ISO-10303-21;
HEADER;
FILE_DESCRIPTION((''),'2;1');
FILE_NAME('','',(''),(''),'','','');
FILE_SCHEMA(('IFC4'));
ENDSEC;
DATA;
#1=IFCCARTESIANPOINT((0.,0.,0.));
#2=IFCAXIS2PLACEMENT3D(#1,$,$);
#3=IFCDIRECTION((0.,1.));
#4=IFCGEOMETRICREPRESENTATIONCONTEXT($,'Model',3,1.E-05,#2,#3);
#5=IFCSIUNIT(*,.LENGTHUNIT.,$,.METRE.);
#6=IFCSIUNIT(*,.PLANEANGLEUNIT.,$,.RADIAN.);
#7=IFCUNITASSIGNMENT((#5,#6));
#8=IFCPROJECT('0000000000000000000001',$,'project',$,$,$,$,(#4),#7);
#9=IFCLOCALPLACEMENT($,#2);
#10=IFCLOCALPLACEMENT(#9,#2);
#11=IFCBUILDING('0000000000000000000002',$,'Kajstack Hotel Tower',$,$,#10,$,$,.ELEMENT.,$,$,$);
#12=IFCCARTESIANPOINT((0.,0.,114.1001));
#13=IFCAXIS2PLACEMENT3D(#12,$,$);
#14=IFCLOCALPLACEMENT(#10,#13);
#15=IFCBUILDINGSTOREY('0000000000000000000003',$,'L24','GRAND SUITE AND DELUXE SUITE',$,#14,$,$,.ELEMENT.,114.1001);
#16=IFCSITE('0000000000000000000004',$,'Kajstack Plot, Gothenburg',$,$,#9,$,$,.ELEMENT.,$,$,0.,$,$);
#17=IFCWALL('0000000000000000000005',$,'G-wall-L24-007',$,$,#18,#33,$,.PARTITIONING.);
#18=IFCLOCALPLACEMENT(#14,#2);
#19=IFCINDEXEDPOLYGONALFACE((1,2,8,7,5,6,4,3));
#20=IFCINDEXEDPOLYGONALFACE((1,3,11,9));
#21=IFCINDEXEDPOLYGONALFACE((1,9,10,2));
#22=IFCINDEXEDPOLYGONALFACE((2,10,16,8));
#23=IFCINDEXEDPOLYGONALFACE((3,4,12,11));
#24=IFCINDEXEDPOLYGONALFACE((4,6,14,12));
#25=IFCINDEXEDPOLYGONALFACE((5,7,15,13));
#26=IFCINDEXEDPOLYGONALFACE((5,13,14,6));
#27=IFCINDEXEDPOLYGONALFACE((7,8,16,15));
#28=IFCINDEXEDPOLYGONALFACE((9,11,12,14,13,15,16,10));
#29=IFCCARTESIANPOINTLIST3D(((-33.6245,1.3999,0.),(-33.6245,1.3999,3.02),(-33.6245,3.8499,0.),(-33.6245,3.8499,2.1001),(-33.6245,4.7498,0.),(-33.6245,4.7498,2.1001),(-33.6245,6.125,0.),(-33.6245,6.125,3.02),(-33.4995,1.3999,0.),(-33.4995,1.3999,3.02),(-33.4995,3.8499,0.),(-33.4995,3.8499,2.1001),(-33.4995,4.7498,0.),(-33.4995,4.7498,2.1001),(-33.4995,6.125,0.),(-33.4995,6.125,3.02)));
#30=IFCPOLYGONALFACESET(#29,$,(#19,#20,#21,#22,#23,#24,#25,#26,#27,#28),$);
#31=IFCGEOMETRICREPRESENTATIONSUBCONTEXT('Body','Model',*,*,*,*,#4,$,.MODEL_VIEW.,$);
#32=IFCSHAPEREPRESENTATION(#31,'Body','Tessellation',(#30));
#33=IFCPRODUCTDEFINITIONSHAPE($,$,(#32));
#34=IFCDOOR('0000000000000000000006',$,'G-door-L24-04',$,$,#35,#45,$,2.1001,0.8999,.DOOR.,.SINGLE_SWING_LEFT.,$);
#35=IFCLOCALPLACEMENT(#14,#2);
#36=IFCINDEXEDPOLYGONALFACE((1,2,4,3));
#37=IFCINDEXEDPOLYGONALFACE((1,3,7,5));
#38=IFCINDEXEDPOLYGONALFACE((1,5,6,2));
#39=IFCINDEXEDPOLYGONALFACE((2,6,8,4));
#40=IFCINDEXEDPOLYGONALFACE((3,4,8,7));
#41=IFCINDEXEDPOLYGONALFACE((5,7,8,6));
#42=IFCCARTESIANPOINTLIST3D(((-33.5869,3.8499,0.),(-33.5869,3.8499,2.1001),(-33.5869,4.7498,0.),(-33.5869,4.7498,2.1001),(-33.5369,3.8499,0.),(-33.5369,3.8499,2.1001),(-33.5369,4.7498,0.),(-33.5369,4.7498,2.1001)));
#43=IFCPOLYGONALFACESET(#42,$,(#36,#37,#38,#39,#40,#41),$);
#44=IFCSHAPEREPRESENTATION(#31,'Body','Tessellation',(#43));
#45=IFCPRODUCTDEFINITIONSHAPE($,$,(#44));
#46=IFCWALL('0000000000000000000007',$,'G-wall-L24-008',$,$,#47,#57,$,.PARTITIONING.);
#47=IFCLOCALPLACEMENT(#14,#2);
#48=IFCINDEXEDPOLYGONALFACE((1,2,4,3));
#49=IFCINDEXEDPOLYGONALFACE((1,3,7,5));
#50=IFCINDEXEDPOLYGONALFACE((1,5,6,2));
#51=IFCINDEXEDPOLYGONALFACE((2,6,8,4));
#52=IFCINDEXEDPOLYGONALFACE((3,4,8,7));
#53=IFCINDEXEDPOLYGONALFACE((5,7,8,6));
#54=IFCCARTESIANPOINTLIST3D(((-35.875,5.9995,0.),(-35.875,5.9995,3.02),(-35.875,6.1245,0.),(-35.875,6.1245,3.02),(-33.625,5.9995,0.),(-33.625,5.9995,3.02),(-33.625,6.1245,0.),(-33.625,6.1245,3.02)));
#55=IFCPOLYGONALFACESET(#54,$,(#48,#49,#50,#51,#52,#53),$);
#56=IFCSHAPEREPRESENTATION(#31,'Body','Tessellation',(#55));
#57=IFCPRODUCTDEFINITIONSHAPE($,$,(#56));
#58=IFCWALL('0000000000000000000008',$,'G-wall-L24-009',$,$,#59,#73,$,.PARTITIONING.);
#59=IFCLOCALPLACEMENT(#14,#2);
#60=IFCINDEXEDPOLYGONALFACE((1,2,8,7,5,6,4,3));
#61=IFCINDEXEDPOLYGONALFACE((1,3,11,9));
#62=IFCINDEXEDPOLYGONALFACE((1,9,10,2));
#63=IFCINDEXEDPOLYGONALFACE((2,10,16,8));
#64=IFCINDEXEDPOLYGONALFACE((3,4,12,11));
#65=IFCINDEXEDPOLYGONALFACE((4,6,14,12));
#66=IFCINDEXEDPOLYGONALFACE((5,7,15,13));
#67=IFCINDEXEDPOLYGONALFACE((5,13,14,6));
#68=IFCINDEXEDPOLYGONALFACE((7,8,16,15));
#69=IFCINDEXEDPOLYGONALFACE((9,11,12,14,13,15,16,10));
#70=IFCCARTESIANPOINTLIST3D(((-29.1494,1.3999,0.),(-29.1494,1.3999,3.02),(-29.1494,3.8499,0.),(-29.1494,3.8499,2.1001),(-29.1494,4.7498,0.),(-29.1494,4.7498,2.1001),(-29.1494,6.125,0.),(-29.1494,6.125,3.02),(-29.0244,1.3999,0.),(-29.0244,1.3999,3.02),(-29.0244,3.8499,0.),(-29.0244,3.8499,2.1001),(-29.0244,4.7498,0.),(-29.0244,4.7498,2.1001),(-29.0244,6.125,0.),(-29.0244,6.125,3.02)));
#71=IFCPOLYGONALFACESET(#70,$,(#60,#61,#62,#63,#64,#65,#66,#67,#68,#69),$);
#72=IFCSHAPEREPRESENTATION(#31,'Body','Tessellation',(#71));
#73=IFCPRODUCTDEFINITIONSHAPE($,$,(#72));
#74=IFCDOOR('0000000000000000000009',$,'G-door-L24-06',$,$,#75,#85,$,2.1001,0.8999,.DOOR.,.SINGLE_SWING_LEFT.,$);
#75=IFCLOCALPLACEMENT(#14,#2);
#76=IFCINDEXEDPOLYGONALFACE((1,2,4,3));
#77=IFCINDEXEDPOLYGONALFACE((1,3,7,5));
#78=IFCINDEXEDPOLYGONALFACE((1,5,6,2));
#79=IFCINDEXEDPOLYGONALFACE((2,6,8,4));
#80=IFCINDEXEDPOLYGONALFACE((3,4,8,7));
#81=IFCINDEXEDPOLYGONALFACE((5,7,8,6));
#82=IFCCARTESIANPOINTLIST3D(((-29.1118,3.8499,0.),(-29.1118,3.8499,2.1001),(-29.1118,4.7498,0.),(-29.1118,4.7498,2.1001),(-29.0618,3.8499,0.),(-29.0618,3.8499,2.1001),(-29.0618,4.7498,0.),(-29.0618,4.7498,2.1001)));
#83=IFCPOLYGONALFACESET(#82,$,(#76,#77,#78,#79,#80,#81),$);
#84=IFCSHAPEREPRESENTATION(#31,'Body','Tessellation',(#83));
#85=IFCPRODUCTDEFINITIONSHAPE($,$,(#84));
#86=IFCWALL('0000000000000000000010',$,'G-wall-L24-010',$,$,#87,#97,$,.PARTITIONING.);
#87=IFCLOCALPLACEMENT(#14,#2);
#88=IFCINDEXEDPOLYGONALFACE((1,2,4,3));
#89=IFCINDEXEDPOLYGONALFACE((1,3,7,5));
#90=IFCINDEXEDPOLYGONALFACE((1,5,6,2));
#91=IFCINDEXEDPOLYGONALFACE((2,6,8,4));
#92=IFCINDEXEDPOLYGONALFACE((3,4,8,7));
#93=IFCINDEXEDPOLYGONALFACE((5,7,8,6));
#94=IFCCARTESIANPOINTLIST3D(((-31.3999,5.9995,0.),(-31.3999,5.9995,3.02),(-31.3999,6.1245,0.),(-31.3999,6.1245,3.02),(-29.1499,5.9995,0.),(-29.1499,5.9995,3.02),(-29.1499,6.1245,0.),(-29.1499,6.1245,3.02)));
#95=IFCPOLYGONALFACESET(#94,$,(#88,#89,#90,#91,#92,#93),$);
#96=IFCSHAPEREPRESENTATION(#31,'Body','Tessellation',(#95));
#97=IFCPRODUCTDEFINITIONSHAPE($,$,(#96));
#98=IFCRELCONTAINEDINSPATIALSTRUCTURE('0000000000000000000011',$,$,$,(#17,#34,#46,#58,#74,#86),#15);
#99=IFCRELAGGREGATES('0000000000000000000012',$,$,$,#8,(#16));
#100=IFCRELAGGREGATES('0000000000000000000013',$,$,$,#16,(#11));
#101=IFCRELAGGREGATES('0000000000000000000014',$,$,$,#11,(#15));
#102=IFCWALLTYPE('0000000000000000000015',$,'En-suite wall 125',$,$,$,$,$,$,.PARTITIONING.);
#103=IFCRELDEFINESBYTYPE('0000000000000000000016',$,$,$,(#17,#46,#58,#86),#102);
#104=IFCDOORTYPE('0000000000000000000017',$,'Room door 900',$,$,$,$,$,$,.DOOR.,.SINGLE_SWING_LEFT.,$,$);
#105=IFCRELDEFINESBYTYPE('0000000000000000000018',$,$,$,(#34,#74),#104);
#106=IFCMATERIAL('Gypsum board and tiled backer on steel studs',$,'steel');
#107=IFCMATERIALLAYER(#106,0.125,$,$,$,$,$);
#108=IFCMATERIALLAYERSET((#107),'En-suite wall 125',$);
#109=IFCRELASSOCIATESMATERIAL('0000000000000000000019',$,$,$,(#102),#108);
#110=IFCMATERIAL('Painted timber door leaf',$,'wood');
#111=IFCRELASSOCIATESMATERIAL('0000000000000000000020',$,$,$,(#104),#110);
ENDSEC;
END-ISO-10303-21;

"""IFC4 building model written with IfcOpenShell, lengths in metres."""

from ifc_helpers import new_model, si_unit, direction, frame, frame_2d, origin, place, context, subcontext, project, spatial, rectangle, extrude, material, layer, layer_set, type_object, element, fill, save


model = new_model("IFC4")

# Units and contexts
model_context = context("Model", 3, precision=1e-05, world=origin(), true_north=direction((0.0, 1.0)))
body_context = subcontext(model_context, "Body", "Model", "MODEL_VIEW")
ifc_project = project(units=[si_unit("LENGTHUNIT", "METRE"), si_unit("PLANEANGLEUNIT", "RADIAN")], contexts=[model_context])

# Site, building, storey
site_placement = place(None, origin())
site = spatial("IfcSite", under=ifc_project, at=site_placement, Name="Kajstack Plot, Gothenburg", CompositionType="ELEMENT", RefElevation=0.0)
building_placement = place(site_placement, origin())
building = spatial("IfcBuilding", under=site, at=building_placement, Name="Kajstack Hotel Tower", CompositionType="ELEMENT")
storey_placement = place(building_placement, frame((0.0, 0.0, 114.1001)))
storey = spatial("IfcBuildingStorey", under=building, at=storey_placement, Name="L24", Description="GRAND SUITE AND DELUXE SUITE", CompositionType="ELEMENT", Elevation=114.1001)

# Shared definitions
ifc_material_1 = material(Name="Gypsum board and tiled backer on steel studs", Category="steel")
ifc_layer_1 = layer(ifc_material_1, 0.125)
ifc_layer_set_1 = layer_set([ifc_layer_1], Name="En-suite wall 125")
wall_type_1 = type_object("IfcWallType", Name="En-suite wall 125", PredefinedType="PARTITIONING", material=ifc_layer_set_1)

# Wall, opening, door
wall_1_placement = place(storey_placement, frame((-33.562, 1.3999, 0.0), z_axis=(0.0, 0.0, 1.0), x_axis=(0.0, 1.0, 0.0)))
wall_1 = element("IfcWall", 1, at=wall_1_placement, inside=storey, type_object=wall_type_1, Name="G-wall-L24-007", PredefinedType="PARTITIONING", context=body_context, shape_type="SweptSolid", body=[
    extrude(rectangle(XDim=4.7251, YDim=0.125, at=frame_2d((2.3625, 0.0))), origin(), (0.0, 0.0, 1.0), 3.02),
])
opening_1_placement = place(wall_1_placement, frame((2.45, 0.0, 0.0)))
opening_1 = element("IfcOpeningElement", 2, at=opening_1_placement, cuts=wall_1, PredefinedType="OPENING", context=body_context, shape_type="SweptSolid", body=[
    extrude(rectangle(XDim=0.8999, YDim=2.1001, at=frame_2d((0.45, 1.05))), frame((0.0, 0.0725, 0.0), z_axis=(0.0, -1.0, 0.0), x_axis=(1.0, 0.0, 0.0)), (0.0, 0.0, 1.0), 0.145),
])
ifc_material_2 = material(Name="Painted timber door leaf", Category="wood")
door_type = type_object("IfcDoorType", Name="Room door 900", OperationType="SINGLE_SWING_LEFT", PredefinedType="DOOR", material=ifc_material_2)
door_1_placement = place(opening_1_placement, origin())
door_1 = element("IfcDoor", 3, at=door_1_placement, inside=storey, type_object=door_type, Name="G-door-L24-04", OperationType="SINGLE_SWING_LEFT", OverallHeight=2.1001, OverallWidth=0.8999, PredefinedType="DOOR", context=body_context, shape_type="SweptSolid", body=[
    extrude(rectangle(XDim=0.8999, YDim=2.1001, at=frame_2d((0.45, 1.05))), frame((0.0, 0.0249, 0.0), z_axis=(0.0, -1.0, 0.0), x_axis=(1.0, 0.0, 0.0)), (0.0, 0.0, 1.0), 0.05),
])
fill(opening_1, door_1)

# Wall
wall_2_placement = place(storey_placement, frame((-35.875, 6.062, 0.0), z_axis=(0.0, 0.0, 1.0), x_axis=(1.0, 0.0, 0.0)))
element("IfcWall", 4, at=wall_2_placement, inside=storey, type_object=wall_type_1, Name="G-wall-L24-008", PredefinedType="PARTITIONING", context=body_context, shape_type="SweptSolid", body=[
    extrude(rectangle(XDim=2.25, YDim=0.125, at=frame_2d((1.125, 0.0))), origin(), (0.0, 0.0, 1.0), 3.02),
])

# Wall, opening, door
wall_3_placement = place(storey_placement, frame((-29.0869, 1.3999, 0.0), z_axis=(0.0, 0.0, 1.0), x_axis=(0.0, 1.0, 0.0)))
wall_3 = element("IfcWall", 5, at=wall_3_placement, inside=storey, type_object=wall_type_1, Name="G-wall-L24-009", PredefinedType="PARTITIONING", context=body_context, shape_type="SweptSolid", body=[
    extrude(rectangle(XDim=4.7251, YDim=0.125, at=frame_2d((2.3625, 0.0))), origin(), (0.0, 0.0, 1.0), 3.02),
])
opening_2_placement = place(wall_3_placement, frame((2.45, 0.0, 0.0)))
opening_2 = element("IfcOpeningElement", 6, at=opening_2_placement, cuts=wall_3, PredefinedType="OPENING", context=body_context, shape_type="SweptSolid", body=[
    extrude(rectangle(XDim=0.8999, YDim=2.1001, at=frame_2d((0.45, 1.05))), frame((0.0, 0.0725, 0.0), z_axis=(0.0, -1.0, 0.0), x_axis=(1.0, 0.0, 0.0)), (0.0, 0.0, 1.0), 0.145),
])
door_2_placement = place(opening_2_placement, origin())
door_2 = element("IfcDoor", 7, at=door_2_placement, inside=storey, type_object=door_type, Name="G-door-L24-06", OperationType="SINGLE_SWING_LEFT", OverallHeight=2.1001, OverallWidth=0.8999, PredefinedType="DOOR", context=body_context, shape_type="SweptSolid", body=[
    extrude(rectangle(XDim=0.8999, YDim=2.1001, at=frame_2d((0.45, 1.05))), frame((0.0, 0.0249, 0.0), z_axis=(0.0, -1.0, 0.0), x_axis=(1.0, 0.0, 0.0)), (0.0, 0.0, 1.0), 0.05),
])
fill(opening_2, door_2)

# Wall
wall_4_placement = place(storey_placement, frame((-31.3999, 6.062, 0.0), z_axis=(0.0, 0.0, 1.0), x_axis=(1.0, 0.0, 0.0)))
element("IfcWall", 8, at=wall_4_placement, inside=storey, type_object=wall_type_1, Name="G-wall-L24-010", PredefinedType="PARTITIONING", context=body_context, shape_type="SweptSolid", body=[
    extrude(rectangle(XDim=2.25, YDim=0.125, at=frame_2d((1.125, 0.0))), origin(), (0.0, 0.0, 1.0), 3.02),
])

save(model, "model.ifc")
